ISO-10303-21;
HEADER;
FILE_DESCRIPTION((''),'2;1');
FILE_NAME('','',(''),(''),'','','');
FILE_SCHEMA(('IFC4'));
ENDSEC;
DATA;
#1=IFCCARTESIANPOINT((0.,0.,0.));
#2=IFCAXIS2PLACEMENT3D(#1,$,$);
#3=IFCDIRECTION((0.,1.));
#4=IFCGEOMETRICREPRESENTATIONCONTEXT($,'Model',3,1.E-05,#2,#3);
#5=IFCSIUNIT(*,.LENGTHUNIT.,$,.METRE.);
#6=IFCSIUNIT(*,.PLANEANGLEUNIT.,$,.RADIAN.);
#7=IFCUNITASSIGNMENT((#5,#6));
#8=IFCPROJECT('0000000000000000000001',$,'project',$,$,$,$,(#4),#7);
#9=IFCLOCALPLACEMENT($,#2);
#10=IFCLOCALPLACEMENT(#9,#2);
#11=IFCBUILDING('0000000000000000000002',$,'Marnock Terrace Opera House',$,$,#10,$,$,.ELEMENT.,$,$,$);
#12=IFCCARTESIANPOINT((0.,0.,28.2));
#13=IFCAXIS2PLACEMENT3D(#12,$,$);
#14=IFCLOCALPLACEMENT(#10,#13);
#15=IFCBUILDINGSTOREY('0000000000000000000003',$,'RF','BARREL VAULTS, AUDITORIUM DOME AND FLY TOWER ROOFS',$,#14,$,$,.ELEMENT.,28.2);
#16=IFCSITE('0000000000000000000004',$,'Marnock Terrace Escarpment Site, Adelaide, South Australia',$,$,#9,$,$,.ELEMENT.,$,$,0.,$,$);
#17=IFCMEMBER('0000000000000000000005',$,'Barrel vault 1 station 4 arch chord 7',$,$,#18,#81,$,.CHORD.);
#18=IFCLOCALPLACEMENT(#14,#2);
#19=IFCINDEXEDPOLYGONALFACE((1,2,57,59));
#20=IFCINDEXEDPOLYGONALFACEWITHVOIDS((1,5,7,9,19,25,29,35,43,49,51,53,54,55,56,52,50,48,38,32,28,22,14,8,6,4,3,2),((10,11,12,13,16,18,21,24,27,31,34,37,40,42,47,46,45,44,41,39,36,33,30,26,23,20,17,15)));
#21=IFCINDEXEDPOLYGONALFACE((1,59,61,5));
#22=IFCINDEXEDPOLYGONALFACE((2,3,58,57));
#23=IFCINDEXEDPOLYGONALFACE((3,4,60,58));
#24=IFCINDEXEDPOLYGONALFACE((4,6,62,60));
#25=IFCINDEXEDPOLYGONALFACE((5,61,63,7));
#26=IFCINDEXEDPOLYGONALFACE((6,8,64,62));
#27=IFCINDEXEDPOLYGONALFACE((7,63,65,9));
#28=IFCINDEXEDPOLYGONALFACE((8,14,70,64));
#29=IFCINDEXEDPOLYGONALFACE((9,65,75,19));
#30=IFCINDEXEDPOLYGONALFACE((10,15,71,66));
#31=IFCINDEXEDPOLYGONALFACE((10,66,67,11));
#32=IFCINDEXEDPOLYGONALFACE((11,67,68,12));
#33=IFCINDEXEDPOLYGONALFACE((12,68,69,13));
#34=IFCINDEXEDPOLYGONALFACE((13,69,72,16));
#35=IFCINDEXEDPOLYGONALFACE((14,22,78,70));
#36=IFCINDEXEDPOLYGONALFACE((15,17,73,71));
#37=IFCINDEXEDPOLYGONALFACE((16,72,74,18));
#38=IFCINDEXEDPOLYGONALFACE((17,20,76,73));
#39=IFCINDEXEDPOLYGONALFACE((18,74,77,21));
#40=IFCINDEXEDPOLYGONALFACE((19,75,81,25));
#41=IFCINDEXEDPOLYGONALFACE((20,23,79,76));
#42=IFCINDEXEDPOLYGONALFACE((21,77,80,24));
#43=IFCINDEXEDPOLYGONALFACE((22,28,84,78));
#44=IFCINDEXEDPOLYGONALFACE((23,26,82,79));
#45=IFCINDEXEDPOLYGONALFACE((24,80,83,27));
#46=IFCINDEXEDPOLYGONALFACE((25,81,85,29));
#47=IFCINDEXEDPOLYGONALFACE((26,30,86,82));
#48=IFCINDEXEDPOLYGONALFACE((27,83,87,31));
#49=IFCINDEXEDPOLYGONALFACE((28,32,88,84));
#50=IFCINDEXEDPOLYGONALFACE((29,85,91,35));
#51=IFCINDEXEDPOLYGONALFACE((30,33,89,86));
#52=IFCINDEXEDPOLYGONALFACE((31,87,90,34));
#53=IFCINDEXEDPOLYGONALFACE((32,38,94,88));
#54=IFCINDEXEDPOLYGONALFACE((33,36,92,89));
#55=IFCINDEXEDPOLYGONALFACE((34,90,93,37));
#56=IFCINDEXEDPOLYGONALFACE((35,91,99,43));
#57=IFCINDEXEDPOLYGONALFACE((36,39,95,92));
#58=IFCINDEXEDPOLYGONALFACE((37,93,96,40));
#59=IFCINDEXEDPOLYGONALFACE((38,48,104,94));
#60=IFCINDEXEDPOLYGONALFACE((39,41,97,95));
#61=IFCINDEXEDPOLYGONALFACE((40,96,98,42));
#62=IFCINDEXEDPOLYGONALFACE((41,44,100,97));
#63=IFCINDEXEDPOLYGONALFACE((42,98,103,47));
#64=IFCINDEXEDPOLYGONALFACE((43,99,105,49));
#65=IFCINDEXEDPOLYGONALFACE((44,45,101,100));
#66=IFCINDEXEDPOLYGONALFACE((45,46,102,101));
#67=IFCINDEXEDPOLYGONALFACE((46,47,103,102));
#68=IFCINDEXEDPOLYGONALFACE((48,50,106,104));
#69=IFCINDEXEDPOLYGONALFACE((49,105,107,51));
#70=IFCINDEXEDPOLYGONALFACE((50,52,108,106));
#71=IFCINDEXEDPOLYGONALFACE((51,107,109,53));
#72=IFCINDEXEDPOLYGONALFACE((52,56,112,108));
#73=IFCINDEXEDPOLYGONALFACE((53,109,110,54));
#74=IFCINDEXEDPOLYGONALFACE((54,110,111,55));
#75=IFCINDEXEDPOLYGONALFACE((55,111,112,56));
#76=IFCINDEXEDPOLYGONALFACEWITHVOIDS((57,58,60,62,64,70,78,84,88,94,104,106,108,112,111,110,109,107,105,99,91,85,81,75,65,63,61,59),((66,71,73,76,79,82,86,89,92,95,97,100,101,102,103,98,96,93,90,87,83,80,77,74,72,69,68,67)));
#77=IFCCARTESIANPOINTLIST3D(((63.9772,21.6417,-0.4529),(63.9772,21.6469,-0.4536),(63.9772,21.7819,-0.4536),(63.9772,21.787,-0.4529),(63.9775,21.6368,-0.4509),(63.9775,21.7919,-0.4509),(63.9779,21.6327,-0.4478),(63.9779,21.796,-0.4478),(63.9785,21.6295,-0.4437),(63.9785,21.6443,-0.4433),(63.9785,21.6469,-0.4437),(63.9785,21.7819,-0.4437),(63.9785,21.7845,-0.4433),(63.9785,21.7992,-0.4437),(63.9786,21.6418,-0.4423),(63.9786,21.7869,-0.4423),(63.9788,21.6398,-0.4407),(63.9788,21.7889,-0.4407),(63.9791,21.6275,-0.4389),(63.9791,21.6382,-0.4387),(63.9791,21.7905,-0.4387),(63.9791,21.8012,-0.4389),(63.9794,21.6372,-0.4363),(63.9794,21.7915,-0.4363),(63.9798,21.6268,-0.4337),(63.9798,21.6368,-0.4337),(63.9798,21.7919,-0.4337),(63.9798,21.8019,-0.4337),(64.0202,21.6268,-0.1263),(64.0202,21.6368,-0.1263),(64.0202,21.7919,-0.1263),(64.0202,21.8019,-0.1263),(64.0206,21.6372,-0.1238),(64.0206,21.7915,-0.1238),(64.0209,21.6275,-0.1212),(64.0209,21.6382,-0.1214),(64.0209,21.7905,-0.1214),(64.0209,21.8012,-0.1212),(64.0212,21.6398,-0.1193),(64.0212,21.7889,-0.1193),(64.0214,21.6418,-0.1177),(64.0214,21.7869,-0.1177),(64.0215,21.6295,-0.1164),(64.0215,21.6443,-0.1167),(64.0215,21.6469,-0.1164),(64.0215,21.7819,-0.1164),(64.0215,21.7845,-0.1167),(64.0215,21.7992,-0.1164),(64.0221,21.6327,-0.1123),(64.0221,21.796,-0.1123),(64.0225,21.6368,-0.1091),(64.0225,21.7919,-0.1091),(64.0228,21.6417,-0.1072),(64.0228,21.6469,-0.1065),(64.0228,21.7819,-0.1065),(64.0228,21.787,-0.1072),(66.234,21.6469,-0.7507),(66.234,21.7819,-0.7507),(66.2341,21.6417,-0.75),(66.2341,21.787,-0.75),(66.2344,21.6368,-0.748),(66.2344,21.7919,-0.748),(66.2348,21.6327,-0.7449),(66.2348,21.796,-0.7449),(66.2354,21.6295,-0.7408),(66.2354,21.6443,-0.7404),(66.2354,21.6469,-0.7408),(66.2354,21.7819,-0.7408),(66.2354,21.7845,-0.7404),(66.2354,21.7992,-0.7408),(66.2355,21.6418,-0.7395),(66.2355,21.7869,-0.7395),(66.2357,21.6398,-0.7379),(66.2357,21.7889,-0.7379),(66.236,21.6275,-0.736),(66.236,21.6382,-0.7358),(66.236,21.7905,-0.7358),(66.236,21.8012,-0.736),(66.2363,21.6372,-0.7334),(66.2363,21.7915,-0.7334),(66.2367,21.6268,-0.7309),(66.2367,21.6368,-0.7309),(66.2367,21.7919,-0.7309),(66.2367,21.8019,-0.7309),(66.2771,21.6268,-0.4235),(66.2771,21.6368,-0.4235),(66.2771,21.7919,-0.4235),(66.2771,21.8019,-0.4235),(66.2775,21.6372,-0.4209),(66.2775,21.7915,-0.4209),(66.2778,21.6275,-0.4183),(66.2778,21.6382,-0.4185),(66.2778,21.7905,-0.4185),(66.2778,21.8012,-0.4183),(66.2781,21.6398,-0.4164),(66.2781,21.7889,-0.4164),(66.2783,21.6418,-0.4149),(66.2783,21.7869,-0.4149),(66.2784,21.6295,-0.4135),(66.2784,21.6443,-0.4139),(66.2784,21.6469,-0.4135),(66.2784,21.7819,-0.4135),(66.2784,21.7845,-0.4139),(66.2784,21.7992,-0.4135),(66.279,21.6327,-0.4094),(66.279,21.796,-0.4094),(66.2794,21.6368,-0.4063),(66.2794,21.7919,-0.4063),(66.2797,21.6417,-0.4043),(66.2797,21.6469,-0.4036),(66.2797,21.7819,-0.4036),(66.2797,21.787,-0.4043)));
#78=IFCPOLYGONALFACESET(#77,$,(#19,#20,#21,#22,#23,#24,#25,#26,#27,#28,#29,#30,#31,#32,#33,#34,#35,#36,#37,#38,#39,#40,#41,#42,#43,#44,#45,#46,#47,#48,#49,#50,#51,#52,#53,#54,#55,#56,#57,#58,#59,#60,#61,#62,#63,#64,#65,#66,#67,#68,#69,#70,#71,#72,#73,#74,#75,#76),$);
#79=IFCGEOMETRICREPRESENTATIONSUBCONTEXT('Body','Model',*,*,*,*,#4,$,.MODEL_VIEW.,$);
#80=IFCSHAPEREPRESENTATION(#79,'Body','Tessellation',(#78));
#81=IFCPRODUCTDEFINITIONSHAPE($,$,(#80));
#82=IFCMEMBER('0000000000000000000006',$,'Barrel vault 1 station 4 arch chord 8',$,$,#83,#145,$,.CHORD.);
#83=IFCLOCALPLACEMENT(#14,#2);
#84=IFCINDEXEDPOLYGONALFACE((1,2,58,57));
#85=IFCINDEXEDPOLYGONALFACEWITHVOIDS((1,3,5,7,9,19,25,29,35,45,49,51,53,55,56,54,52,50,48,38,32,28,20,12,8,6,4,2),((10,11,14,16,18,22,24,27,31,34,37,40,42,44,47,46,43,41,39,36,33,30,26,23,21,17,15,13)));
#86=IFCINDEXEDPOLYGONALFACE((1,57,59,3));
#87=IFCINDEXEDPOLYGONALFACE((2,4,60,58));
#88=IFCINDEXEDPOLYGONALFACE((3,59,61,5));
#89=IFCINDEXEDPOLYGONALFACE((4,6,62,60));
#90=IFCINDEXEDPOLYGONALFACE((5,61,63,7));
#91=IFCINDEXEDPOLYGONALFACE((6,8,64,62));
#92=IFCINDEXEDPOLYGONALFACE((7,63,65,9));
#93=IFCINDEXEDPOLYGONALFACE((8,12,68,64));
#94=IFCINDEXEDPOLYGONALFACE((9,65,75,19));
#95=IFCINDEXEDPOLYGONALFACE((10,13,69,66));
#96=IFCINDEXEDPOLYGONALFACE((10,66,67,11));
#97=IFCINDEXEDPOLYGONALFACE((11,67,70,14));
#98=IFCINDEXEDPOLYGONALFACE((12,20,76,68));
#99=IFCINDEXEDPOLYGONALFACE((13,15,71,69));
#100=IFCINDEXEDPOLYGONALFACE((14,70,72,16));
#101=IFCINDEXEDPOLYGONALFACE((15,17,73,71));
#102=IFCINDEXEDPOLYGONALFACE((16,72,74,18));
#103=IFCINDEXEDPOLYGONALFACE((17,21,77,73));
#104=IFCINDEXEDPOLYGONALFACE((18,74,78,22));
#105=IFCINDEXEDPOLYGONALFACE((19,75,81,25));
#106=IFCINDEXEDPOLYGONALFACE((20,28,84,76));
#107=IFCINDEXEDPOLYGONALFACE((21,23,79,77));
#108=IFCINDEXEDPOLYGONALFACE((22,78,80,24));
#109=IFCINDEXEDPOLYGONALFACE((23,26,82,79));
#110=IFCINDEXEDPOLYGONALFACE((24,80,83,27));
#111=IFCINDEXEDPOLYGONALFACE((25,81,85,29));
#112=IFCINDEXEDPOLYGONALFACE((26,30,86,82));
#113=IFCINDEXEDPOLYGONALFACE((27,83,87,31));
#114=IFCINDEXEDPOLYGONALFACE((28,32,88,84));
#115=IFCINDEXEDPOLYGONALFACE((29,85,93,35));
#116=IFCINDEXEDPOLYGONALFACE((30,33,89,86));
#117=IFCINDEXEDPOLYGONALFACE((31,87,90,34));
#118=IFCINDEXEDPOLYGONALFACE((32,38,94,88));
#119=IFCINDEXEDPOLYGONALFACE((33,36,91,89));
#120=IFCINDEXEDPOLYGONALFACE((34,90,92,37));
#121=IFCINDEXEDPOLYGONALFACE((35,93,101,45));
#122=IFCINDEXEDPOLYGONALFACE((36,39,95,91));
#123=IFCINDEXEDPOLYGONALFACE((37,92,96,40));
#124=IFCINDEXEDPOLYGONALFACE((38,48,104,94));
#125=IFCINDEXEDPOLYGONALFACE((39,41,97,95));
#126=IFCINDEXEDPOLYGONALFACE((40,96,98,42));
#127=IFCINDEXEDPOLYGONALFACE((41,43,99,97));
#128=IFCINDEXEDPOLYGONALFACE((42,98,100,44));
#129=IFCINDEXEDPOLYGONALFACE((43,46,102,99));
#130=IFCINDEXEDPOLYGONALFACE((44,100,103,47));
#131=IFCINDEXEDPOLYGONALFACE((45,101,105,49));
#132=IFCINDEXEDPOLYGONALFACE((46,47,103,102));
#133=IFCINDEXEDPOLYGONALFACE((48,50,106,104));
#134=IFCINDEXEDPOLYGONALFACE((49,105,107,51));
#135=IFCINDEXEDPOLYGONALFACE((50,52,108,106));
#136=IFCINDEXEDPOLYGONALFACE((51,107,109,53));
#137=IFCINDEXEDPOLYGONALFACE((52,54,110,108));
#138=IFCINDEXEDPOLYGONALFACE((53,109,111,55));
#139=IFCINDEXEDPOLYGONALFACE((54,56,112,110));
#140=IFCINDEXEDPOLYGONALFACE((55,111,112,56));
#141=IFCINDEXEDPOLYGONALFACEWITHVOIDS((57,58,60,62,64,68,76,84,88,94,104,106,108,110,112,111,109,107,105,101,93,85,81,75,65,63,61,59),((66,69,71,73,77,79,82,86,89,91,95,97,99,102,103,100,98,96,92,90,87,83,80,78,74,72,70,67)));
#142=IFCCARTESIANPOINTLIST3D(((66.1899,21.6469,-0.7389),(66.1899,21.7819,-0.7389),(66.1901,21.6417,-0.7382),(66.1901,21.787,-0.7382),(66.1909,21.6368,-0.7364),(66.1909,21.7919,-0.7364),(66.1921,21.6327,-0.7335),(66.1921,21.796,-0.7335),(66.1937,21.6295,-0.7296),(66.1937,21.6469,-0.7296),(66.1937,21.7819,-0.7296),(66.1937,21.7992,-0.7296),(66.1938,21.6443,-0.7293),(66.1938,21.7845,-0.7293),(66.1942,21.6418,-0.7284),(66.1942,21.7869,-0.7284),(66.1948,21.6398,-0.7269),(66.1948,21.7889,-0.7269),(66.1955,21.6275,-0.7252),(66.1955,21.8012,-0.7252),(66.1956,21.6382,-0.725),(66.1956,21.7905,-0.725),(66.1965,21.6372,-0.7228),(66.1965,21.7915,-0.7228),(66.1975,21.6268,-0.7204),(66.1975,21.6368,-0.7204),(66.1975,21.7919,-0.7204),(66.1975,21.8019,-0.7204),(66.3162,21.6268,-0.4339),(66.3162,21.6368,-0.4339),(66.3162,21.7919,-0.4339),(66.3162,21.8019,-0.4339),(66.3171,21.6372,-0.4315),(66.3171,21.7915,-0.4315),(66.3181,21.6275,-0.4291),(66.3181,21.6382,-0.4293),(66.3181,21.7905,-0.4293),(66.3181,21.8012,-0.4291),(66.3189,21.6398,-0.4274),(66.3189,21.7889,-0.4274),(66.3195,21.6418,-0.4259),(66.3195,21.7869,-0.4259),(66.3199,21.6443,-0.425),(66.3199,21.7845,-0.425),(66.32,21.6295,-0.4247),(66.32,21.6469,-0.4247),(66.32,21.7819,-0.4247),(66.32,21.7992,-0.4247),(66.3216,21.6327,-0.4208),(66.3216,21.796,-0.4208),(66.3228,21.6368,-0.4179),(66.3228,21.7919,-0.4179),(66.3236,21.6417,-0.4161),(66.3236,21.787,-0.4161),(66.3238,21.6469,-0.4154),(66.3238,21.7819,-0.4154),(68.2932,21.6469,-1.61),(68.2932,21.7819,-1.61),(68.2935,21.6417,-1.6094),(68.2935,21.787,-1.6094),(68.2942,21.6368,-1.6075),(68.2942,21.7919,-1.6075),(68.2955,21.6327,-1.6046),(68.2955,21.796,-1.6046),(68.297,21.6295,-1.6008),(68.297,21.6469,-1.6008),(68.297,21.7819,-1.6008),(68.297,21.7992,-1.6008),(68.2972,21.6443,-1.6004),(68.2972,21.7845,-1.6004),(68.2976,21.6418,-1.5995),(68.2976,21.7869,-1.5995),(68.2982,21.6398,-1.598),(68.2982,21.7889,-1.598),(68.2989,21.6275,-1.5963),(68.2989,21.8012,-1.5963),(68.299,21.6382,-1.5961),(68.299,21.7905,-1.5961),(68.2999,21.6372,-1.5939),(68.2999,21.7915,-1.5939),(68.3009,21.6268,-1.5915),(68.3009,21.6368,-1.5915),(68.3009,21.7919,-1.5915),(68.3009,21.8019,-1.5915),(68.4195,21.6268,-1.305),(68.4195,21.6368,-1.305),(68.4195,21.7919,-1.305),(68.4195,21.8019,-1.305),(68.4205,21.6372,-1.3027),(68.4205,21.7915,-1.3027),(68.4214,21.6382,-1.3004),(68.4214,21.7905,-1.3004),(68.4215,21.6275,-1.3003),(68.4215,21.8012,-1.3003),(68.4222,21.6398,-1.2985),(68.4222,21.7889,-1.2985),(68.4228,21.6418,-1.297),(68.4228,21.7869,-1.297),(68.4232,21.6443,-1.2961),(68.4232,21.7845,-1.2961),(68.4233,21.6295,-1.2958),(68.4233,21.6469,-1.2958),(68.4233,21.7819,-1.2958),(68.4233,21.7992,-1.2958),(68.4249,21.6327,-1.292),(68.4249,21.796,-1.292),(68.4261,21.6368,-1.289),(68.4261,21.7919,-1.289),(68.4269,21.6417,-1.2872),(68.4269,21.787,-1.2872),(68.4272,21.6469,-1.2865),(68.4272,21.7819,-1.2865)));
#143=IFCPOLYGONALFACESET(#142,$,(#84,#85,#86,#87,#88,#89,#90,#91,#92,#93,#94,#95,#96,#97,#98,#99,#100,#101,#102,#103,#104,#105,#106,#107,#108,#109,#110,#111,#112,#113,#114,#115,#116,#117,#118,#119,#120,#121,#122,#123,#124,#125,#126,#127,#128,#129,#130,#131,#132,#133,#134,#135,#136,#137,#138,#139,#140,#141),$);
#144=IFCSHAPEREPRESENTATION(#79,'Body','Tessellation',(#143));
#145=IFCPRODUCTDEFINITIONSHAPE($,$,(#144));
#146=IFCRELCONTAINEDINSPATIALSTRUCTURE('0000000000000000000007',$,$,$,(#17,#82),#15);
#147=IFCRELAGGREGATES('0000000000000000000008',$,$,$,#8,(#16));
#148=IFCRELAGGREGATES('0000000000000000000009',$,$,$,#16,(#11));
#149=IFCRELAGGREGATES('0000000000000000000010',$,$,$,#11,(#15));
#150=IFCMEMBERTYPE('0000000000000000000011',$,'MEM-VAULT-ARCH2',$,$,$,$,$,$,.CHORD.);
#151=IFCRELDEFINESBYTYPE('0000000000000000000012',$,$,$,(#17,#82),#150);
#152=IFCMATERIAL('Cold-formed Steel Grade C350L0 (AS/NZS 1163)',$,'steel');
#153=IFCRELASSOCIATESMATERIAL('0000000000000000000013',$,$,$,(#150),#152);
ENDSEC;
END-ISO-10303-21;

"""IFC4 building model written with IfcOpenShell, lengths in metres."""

from ifc_helpers import new_model, si_unit, direction, frame, origin, origin_2d, place, context, subcontext, project, spatial, hollow_rectangle, extrude, material, material_profile, profile_set, type_object, element, save


model = new_model("IFC4")

# Units and contexts
model_context = context("Model", 3, precision=1e-05, world=origin(), true_north=direction((0.0, 1.0)))
body_context = subcontext(model_context, "Body", "Model", "MODEL_VIEW")
ifc_project = project(units=[si_unit("LENGTHUNIT", "METRE"), si_unit("PLANEANGLEUNIT", "RADIAN")], contexts=[model_context])

# Site, building, storey
site_placement = place(None, origin())
site = spatial("IfcSite", under=ifc_project, at=site_placement, Name="Marnock Terrace Escarpment Site, Adelaide, South Australia", CompositionType="ELEMENT", RefElevation=0.0)
building_placement = place(site_placement, origin())
building = spatial("IfcBuilding", under=site, at=building_placement, Name="Marnock Terrace Opera House", CompositionType="ELEMENT")
storey_placement = place(building_placement, frame((0.0, 0.0, 28.2)))
storey = spatial("IfcBuildingStorey", under=building, at=storey_placement, Name="RF", Description="BARREL VAULTS, AUDITORIUM DOME AND FLY TOWER ROOFS", CompositionType="ELEMENT", Elevation=28.2)

# Members
ifc_material_1 = material(Name="Cold-formed Steel Grade C350L0 (AS/NZS 1163)", Category="steel")
ifc_material_profile_1 = material_profile(ifc_material_1, hollow_rectangle(XDim=0.175, YDim=0.3501, WallThickness=0.01, InnerFilletRadius=0.01, OuterFilletRadius=0.02, at=origin_2d()))
ifc_profile_set_1 = profile_set([ifc_material_profile_1], Name="Cold-formed Steel Grade C350L0 (AS/NZS 1163)")
member_type_1 = type_object("IfcMemberType", Name="MEM-VAULT-ARCH2", PredefinedType="CHORD", material=ifc_profile_set_1)
member_1_placement = place(storey_placement, frame((64.0, 21.7144, -0.28), z_axis=(0.991445, 0.0, -0.130527), x_axis=(0.0, 1.0, 0.0)))
element("IfcMember", 1, at=member_1_placement, inside=storey, type_object=member_type_1, Name="Barrel vault 1 station 4 arch chord 7", PredefinedType="CHORD", context=body_context, shape_type="SweptSolid", body=[
    extrude(hollow_rectangle(XDim=0.175, YDim=0.3501, WallThickness=0.01, InnerFilletRadius=0.01, OuterFilletRadius=0.02, at=origin_2d()), origin(), (0.0, 0.0, 1.0), 2.2764),
])
member_2_placement = place(storey_placement, frame((66.2568, 21.7144, -0.5771), z_axis=(0.923897, 0.0, -0.382642), x_axis=(0.0, 1.0, 0.0)))
element("IfcMember", 2, at=member_2_placement, inside=storey, type_object=member_type_1, Name="Barrel vault 1 station 4 arch chord 8", PredefinedType="CHORD", context=body_context, shape_type="SweptSolid", body=[
    extrude(hollow_rectangle(XDim=0.175, YDim=0.3501, WallThickness=0.01, InnerFilletRadius=0.01, OuterFilletRadius=0.02, at=origin_2d()), origin(), (0.0, 0.0, 1.0), 2.2766),
])

save(model, "model.ifc")
